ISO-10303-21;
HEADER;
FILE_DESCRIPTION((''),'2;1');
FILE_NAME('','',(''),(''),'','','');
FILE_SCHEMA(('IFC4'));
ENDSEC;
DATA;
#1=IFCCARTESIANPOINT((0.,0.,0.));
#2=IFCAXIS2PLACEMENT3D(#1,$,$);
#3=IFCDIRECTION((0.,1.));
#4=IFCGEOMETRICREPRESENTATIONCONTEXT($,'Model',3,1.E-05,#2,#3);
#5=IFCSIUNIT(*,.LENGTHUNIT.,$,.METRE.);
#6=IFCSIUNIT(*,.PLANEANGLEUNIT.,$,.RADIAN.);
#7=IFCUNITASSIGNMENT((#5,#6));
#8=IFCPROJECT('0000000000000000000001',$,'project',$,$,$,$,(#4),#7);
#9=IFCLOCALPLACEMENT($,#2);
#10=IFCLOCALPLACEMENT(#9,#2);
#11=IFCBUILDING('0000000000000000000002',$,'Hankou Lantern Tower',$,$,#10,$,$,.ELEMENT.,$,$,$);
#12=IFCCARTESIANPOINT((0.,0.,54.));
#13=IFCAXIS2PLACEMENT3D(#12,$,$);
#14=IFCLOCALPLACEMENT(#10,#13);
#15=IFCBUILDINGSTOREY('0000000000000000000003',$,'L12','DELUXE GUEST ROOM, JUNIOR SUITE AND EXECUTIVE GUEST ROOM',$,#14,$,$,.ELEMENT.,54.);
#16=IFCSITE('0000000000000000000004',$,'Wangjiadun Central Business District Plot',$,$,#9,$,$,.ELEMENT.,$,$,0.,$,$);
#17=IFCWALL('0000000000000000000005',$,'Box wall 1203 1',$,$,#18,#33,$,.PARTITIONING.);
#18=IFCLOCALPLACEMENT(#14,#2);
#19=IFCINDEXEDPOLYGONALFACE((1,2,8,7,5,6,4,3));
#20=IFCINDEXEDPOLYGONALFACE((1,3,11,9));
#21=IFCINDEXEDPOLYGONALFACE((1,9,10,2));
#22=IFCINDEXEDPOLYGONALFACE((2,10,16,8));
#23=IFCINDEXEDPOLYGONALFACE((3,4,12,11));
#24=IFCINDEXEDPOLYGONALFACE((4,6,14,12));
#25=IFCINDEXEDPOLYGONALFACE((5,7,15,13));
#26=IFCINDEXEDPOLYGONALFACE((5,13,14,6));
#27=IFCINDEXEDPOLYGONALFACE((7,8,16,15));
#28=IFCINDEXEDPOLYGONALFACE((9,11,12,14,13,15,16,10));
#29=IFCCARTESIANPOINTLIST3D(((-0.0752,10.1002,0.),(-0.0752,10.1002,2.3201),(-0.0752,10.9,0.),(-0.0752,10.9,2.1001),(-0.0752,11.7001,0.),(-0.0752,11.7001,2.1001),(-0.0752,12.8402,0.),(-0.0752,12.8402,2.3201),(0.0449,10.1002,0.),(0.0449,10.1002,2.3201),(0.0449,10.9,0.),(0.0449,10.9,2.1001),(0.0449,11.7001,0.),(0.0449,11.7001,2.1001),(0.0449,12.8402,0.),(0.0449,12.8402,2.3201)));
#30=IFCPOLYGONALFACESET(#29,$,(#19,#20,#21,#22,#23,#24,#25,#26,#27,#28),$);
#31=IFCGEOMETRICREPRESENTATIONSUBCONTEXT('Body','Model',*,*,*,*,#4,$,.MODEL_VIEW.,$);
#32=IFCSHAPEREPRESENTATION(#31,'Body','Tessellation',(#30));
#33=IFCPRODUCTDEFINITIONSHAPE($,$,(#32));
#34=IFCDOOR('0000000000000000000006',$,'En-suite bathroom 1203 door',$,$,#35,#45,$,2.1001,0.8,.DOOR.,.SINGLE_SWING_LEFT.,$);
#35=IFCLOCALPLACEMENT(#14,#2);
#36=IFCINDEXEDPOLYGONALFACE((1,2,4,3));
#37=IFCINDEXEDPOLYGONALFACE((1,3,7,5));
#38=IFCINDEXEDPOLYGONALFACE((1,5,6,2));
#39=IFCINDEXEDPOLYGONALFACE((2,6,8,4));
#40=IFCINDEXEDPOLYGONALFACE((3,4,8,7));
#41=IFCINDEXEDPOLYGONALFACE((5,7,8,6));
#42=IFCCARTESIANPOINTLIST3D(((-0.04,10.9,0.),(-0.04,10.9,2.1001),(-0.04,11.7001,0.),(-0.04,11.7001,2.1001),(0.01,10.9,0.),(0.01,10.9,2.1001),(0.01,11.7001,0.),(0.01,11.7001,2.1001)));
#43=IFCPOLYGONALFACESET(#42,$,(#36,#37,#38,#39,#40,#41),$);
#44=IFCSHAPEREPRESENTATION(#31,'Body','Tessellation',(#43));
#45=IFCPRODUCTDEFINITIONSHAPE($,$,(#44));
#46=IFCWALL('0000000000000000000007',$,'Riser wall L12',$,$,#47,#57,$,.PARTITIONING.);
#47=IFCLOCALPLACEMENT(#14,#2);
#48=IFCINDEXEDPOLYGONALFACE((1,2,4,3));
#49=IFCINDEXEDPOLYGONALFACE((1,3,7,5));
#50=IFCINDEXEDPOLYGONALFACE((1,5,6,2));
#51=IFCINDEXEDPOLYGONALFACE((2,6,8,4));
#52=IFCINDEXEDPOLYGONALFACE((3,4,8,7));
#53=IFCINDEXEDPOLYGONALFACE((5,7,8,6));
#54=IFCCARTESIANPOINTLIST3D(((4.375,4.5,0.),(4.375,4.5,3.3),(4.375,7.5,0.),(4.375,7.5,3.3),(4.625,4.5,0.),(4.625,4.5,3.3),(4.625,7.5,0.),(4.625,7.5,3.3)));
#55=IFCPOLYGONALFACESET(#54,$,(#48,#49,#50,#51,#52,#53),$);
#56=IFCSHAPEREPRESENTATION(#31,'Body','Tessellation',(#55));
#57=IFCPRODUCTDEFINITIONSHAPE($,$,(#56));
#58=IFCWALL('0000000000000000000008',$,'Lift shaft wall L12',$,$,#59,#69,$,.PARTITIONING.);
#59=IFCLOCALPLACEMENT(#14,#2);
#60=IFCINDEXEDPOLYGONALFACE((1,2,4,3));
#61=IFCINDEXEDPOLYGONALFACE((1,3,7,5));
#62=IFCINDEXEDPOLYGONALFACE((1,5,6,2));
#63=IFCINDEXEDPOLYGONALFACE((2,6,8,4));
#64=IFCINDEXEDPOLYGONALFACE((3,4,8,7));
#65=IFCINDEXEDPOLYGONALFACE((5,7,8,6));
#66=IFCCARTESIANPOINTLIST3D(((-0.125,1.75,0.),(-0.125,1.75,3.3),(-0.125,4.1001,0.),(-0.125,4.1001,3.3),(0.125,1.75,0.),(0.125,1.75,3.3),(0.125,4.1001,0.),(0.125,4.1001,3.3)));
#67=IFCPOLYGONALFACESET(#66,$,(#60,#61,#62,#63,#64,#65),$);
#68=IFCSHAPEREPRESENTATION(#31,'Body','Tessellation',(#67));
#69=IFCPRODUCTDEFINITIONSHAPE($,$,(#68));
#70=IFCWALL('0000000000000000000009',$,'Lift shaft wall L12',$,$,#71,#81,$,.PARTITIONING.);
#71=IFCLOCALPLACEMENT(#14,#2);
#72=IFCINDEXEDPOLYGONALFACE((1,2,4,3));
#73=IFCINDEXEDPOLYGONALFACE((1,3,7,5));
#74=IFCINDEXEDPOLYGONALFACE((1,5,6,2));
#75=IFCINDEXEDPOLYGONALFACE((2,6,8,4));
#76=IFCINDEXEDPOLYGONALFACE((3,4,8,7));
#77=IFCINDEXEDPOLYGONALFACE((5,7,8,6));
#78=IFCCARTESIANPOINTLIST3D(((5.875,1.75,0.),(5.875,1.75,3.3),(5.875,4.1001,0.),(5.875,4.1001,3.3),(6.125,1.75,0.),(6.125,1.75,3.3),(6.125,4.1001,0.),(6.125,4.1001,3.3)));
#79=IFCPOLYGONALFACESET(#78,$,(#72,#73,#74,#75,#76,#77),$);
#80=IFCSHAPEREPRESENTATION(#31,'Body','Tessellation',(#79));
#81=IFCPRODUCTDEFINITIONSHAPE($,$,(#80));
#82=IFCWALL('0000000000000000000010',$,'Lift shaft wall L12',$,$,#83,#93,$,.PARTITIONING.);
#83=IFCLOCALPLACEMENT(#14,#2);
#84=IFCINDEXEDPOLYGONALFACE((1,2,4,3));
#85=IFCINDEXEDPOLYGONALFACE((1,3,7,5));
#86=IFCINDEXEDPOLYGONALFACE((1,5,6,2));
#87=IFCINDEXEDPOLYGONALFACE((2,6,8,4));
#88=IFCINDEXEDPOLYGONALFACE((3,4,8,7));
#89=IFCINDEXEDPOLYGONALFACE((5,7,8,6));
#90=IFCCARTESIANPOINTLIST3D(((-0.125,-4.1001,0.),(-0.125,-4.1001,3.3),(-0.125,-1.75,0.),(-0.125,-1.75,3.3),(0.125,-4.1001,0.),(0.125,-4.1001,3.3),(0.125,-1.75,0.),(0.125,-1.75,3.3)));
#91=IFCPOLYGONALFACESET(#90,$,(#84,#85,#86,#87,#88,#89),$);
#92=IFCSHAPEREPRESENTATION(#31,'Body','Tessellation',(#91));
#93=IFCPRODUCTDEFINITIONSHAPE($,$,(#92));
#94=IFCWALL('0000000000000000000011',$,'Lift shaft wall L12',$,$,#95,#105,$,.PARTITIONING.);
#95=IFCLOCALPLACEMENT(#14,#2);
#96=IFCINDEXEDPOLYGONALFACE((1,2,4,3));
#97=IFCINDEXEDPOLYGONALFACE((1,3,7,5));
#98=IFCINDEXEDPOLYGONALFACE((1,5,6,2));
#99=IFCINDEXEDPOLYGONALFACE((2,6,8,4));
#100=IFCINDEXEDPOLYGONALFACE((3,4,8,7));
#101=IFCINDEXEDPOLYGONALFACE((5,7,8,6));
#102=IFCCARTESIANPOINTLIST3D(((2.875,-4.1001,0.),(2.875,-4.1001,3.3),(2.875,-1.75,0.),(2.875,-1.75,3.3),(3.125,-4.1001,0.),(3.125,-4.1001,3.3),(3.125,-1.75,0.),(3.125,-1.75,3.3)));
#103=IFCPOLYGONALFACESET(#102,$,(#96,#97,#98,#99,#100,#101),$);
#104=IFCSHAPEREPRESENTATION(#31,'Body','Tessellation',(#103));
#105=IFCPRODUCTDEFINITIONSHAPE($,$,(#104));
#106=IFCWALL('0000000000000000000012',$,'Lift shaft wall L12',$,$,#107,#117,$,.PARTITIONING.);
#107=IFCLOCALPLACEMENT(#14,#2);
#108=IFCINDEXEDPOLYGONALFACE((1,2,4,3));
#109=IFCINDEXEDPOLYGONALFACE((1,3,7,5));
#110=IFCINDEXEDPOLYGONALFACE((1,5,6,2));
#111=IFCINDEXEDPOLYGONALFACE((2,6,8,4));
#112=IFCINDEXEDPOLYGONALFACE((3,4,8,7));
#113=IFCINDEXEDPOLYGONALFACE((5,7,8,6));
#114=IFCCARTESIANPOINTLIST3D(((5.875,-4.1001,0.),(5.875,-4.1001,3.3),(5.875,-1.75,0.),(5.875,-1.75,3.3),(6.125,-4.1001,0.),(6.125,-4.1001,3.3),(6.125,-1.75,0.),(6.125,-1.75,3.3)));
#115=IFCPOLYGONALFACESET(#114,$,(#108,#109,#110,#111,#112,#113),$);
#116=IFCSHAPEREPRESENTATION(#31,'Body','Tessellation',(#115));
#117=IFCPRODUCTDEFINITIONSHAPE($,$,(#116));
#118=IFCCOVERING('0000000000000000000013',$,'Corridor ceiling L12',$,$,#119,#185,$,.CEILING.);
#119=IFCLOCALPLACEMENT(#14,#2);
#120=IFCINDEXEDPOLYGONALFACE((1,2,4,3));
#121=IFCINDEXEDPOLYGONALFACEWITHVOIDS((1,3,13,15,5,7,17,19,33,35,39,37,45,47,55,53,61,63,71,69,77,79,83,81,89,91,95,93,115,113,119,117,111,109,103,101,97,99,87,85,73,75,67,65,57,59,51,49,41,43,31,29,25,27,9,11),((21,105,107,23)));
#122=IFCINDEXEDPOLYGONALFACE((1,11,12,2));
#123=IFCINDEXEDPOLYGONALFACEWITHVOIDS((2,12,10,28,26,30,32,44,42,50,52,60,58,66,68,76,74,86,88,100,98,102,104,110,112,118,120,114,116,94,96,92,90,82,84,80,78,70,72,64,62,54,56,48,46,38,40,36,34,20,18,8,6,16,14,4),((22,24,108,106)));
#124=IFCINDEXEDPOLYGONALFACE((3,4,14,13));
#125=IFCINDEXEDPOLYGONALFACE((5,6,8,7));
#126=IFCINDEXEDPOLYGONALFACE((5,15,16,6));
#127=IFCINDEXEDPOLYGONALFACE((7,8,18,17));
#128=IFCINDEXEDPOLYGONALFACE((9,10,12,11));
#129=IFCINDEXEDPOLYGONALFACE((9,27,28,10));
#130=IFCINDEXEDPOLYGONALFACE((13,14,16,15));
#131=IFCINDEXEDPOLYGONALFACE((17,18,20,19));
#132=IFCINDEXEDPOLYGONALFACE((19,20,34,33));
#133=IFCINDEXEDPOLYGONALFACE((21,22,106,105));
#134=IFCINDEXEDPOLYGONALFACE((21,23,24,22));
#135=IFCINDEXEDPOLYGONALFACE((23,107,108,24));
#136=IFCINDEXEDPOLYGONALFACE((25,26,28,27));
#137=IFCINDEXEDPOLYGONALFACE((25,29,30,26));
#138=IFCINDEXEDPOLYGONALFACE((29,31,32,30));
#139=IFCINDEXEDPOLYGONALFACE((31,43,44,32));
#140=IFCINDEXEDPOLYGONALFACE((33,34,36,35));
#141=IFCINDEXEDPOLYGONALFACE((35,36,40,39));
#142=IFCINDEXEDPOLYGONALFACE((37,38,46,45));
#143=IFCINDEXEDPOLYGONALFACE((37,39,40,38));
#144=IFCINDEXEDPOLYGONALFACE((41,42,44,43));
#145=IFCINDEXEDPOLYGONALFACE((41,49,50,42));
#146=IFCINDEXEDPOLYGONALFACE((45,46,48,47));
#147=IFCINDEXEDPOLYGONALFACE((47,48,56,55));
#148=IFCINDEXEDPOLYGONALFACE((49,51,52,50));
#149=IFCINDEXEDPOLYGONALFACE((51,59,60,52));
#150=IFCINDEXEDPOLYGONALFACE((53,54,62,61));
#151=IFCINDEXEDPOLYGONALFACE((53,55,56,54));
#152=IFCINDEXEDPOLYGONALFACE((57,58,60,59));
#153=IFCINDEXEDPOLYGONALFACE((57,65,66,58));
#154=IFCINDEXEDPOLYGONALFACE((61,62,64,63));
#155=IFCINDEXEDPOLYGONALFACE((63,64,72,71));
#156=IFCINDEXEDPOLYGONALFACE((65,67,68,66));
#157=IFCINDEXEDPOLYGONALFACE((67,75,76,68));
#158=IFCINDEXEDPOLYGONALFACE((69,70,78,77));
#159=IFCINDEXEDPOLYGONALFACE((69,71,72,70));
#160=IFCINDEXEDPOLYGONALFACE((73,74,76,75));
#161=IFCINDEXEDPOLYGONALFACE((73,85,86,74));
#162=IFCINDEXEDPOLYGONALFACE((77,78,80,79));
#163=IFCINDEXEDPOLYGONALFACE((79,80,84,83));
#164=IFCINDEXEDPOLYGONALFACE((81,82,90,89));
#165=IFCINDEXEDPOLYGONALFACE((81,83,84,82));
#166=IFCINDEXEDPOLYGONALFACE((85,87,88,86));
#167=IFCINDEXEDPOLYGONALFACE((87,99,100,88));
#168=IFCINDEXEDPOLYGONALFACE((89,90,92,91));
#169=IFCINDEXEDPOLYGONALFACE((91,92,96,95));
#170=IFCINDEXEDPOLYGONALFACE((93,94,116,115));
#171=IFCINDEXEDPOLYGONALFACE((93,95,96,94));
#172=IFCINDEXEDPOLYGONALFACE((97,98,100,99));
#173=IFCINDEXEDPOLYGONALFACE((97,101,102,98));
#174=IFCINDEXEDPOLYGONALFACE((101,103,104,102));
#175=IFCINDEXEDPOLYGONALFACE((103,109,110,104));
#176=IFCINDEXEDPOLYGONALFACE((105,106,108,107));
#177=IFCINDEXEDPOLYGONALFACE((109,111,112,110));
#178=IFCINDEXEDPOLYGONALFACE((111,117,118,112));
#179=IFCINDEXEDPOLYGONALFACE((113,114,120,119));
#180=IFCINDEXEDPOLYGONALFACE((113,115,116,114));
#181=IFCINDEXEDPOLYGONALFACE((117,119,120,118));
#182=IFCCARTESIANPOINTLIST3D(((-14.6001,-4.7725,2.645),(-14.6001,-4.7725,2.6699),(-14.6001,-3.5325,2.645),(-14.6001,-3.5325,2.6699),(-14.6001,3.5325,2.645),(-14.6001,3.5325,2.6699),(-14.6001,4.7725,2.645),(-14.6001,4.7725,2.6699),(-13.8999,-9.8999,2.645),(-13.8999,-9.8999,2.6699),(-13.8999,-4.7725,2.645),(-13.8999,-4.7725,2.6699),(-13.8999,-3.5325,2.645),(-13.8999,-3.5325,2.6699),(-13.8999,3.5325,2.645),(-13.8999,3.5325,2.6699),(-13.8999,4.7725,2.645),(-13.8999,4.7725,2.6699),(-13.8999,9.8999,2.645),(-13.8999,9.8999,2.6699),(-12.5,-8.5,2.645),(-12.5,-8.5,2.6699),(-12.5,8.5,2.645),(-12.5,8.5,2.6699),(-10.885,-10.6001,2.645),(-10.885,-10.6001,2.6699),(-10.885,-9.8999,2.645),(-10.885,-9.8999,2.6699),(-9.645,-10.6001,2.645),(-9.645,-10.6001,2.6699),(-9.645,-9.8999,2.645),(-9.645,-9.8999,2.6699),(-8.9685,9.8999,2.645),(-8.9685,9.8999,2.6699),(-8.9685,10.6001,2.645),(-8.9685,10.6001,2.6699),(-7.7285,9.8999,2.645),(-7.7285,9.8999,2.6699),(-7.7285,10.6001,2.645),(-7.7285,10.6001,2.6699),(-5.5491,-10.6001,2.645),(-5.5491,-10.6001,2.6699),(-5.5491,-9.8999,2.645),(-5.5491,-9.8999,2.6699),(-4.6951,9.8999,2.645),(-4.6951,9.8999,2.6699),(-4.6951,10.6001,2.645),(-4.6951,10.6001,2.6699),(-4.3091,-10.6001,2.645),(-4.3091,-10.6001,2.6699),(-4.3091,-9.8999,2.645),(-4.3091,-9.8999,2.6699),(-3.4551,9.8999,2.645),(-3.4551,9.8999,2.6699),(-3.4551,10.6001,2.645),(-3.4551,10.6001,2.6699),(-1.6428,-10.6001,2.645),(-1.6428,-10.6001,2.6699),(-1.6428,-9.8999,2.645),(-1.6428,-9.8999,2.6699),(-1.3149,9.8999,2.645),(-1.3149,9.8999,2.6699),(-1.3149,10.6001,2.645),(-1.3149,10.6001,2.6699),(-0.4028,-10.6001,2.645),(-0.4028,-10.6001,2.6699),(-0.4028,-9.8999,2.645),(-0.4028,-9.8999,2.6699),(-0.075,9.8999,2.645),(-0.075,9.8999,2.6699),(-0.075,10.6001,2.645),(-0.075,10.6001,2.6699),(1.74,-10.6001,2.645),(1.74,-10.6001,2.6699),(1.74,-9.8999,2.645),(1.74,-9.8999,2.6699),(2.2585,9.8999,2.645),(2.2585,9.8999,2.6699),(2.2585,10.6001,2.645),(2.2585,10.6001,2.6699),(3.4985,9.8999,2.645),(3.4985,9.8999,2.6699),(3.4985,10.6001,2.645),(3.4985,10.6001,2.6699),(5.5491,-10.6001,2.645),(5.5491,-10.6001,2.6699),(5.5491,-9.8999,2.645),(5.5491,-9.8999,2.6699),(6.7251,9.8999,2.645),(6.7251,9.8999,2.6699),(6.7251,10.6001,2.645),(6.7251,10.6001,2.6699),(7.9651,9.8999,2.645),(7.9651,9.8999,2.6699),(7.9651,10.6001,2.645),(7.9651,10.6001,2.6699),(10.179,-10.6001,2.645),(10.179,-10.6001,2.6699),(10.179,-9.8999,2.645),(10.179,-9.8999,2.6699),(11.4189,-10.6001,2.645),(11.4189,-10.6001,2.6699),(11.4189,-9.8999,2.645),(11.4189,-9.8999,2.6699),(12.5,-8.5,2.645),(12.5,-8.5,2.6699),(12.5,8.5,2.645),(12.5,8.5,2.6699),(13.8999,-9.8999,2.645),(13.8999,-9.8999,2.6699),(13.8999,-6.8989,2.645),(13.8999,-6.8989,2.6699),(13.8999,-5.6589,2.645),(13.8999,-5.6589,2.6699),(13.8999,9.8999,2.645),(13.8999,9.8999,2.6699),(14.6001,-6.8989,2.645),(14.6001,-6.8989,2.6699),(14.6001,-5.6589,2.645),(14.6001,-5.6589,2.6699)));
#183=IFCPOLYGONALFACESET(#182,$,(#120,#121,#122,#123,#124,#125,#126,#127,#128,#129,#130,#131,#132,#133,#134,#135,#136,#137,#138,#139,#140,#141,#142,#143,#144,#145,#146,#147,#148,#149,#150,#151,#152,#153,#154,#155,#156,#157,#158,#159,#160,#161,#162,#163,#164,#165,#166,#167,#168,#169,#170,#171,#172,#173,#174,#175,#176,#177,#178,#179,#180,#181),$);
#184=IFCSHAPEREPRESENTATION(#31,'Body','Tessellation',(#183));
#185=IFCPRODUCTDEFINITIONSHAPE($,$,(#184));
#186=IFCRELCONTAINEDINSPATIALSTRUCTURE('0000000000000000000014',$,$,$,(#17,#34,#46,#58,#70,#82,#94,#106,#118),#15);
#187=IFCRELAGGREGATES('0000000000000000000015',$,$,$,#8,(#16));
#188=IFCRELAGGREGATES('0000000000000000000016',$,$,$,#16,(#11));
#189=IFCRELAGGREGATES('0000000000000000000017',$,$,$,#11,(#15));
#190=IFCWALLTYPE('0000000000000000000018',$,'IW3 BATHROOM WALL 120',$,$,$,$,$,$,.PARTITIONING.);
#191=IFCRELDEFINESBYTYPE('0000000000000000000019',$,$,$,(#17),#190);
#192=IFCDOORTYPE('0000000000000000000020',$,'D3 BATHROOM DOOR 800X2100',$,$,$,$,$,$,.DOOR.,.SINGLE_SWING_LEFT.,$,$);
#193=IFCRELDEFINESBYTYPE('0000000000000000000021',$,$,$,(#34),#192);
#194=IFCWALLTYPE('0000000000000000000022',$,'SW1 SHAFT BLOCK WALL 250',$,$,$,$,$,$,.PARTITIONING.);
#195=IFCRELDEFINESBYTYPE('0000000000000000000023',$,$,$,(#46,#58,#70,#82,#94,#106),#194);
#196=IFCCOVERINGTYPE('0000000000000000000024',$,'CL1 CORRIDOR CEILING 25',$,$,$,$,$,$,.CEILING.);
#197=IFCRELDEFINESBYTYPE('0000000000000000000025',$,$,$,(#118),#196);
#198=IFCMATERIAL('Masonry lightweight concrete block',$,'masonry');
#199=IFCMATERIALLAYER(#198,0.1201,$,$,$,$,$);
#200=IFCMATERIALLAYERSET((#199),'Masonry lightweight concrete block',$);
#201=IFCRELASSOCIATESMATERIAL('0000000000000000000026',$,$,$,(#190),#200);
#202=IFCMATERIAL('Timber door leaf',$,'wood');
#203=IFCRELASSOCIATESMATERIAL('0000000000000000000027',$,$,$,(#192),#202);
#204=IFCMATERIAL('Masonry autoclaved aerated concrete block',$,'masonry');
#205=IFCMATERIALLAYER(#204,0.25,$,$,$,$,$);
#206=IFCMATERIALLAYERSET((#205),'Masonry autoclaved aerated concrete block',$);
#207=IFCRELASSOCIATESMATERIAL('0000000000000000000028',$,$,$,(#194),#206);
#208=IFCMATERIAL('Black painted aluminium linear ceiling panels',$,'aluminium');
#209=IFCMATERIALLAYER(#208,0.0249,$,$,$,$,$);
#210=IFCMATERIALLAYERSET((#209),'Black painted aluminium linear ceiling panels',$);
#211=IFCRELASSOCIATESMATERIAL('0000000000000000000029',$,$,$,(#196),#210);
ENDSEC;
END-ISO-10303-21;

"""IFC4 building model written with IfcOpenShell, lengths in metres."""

from ifc_helpers import new_model, si_unit, direction, frame, frame_2d, origin, place, context, subcontext, project, spatial, polyline, rectangle, outline, extrude, material, layer, layer_set, type_object, element, fill, save


model = new_model("IFC4")

# Units and contexts
model_context = context("Model", 3, precision=1e-05, world=origin(), true_north=direction((0.0, 1.0)))
body_context = subcontext(model_context, "Body", "Model", "MODEL_VIEW")
ifc_project = project(units=[si_unit("LENGTHUNIT", "METRE"), si_unit("PLANEANGLEUNIT", "RADIAN")], contexts=[model_context])

# Site, building, storey
site_placement = place(None, origin())
site = spatial("IfcSite", under=ifc_project, at=site_placement, Name="Wangjiadun Central Business District Plot", CompositionType="ELEMENT", RefElevation=0.0)
building_placement = place(site_placement, origin())
building = spatial("IfcBuilding", under=site, at=building_placement, Name="Hankou Lantern Tower", CompositionType="ELEMENT")
storey_placement = place(building_placement, frame((0.0, 0.0, 54.0)))
storey = spatial("IfcBuildingStorey", under=building, at=storey_placement, Name="L12", Description="DELUXE GUEST ROOM, JUNIOR SUITE AND EXECUTIVE GUEST ROOM", CompositionType="ELEMENT", Elevation=54.0)

# Wall, opening, door
ifc_material_1 = material(Name="Masonry lightweight concrete block", Category="masonry")
ifc_layer_1 = layer(ifc_material_1, 0.1201)
ifc_layer_set_1 = layer_set([ifc_layer_1], Name="Masonry lightweight concrete block")
wall_type_1 = type_object("IfcWallType", Name="IW3 BATHROOM WALL 120", PredefinedType="PARTITIONING", material=ifc_layer_set_1)
wall_1_placement = place(storey_placement, frame((-0.0151, 10.1001, 0.0), z_axis=(0.0, 0.0, 1.0), x_axis=(0.0, 1.0, 0.0)))
wall_1 = element("IfcWall", 1, at=wall_1_placement, inside=storey, type_object=wall_type_1, Name="Box wall 1203 1", PredefinedType="PARTITIONING", context=body_context, shape_type="SweptSolid", body=[
    extrude(rectangle(XDim=2.74, YDim=0.1201, at=frame_2d((1.3701, 0.0))), origin(), (0.0, 0.0, 1.0), 2.3201),
])
opening_1_placement = place(wall_1_placement, frame((0.8, 0.0, 0.0)))
opening_1 = element("IfcOpeningElement", 2, at=opening_1_placement, cuts=wall_1, PredefinedType="OPENING", context=body_context, shape_type="SweptSolid", body=[
    extrude(rectangle(XDim=0.8, YDim=2.1001, at=frame_2d((0.3999, 1.05))), frame((0.0, 0.0701, 0.0), z_axis=(0.0, -1.0, 0.0), x_axis=(1.0, 0.0, 0.0)), (0.0, 0.0, 1.0), 0.1401),
])
ifc_material_2 = material(Name="Timber door leaf", Category="wood")
door_type_1 = type_object("IfcDoorType", Name="D3 BATHROOM DOOR 800X2100", OperationType="SINGLE_SWING_LEFT", PredefinedType="DOOR", material=ifc_material_2)
door_1_placement = place(opening_1_placement, origin())
door_1 = element("IfcDoor", 3, at=door_1_placement, inside=storey, type_object=door_type_1, Name="En-suite bathroom 1203 door", OperationType="SINGLE_SWING_LEFT", OverallHeight=2.1001, OverallWidth=0.8, PredefinedType="DOOR", context=body_context, shape_type="SweptSolid", body=[
    extrude(rectangle(XDim=0.8, YDim=2.1001, at=frame_2d((0.3999, 1.05))), frame((0.0, 0.0249, 0.0), z_axis=(0.0, -1.0, 0.0), x_axis=(1.0, 0.0, 0.0)), (0.0, 0.0, 1.0), 0.05),
])
fill(opening_1, door_1)

# Walls
ifc_material_3 = material(Name="Masonry autoclaved aerated concrete block", Category="masonry")
ifc_layer_2 = layer(ifc_material_3, 0.25)
ifc_layer_set_2 = layer_set([ifc_layer_2], Name="Masonry autoclaved aerated concrete block")
wall_type_2 = type_object("IfcWallType", Name="SW1 SHAFT BLOCK WALL 250", PredefinedType="PARTITIONING", material=ifc_layer_set_2)
wall_2_placement = place(storey_placement, frame((4.5, 4.5, 0.0), z_axis=(0.0, 0.0, 1.0), x_axis=(0.0, 1.0, 0.0)))
element("IfcWall", 4, at=wall_2_placement, inside=storey, type_object=wall_type_2, Name="Riser wall L12", PredefinedType="PARTITIONING", context=body_context, shape_type="SweptSolid", body=[
    extrude(rectangle(XDim=3.0, YDim=0.25, at=frame_2d((1.5, 0.0))), origin(), (0.0, 0.0, 1.0), 3.3),
])
for number, where, z_axis, x_axis, name in (
    (5, (0.0, 1.75, 0.0), (0.0, 0.0, 1.0), (0.0, 1.0, 0.0), "Lift shaft wall L12"),
    (6, (6.0, 1.75, 0.0), (0.0, 0.0, 1.0), (0.0, 1.0, 0.0), "Lift shaft wall L12"),
    (7, (0.0, -4.1001, 0.0), (0.0, 0.0, 1.0), (0.0, 1.0, 0.0), "Lift shaft wall L12"),
    (8, (3.0, -4.1001, 0.0), (0.0, 0.0, 1.0), (0.0, 1.0, 0.0), "Lift shaft wall L12"),
    (9, (6.0, -4.1001, 0.0), (0.0, 0.0, 1.0), (0.0, 1.0, 0.0), "Lift shaft wall L12"),
):
    element("IfcWall", number, at=place(storey_placement, frame(where, z_axis=z_axis, x_axis=x_axis)), inside=storey, type_object=wall_type_2, Name=name, PredefinedType="PARTITIONING", context=body_context, shape_type="SweptSolid", body=[
        extrude(rectangle(XDim=2.3501, YDim=0.25, at=frame_2d((1.175, 0.0))), origin(), (0.0, 0.0, 1.0), 3.3),
    ])

# Covering
ifc_material_4 = material(Name="Black painted aluminium linear ceiling panels", Category="aluminium")
ifc_layer_3 = layer(ifc_material_4, 0.0249)
ifc_layer_set_3 = layer_set([ifc_layer_3], Name="Black painted aluminium linear ceiling panels")
covering_type_1 = type_object("IfcCoveringType", Name="CL1 CORRIDOR CEILING 25", PredefinedType="CEILING", material=ifc_layer_set_3)
covering_1_placement = place(storey_placement, frame((0.0, 0.0, 2.645)))
element("IfcCovering", 10, at=covering_1_placement, inside=storey, type_object=covering_type_1, Name="Corridor ceiling L12", PredefinedType="CEILING", context=body_context, shape_type="SweptSolid", body=[
    extrude(outline(polyline([(-10.885, -10.6001), (-9.645, -10.6001), (-9.645, -9.8999), (-5.5491, -9.8999), (-5.5491, -10.6001), (-4.3091, -10.6001), (-4.3091, -9.8999), (-1.6428, -9.8999), (-1.6428, -10.6001), (-0.4028, -10.6001), (-0.4028, -9.8999), (1.74, -9.8999), (1.74, -10.6001), (5.5491, -10.6001), (5.5491, -9.8999), (10.179, -9.8999), (10.179, -10.6001), (11.4189, -10.6001), (11.4189, -9.8999), (13.8999, -9.8999), (13.8999, -6.8989), (14.6001, -6.8989), (14.6001, -5.6589), (13.8999, -5.6589), (13.8999, 9.8999), (7.9651, 9.8999), (7.9651, 10.6001), (6.7251, 10.6001), (6.7251, 9.8999), (3.4985, 9.8999), (3.4985, 10.6001), (2.2585, 10.6001), (2.2585, 9.8999), (-0.075, 9.8999), (-0.075, 10.6001), (-1.3149, 10.6001), (-1.3149, 9.8999), (-3.4551, 9.8999), (-3.4551, 10.6001), (-4.6951, 10.6001), (-4.6951, 9.8999), (-7.7285, 9.8999), (-7.7285, 10.6001), (-8.9685, 10.6001), (-8.9685, 9.8999), (-13.8999, 9.8999), (-13.8999, 4.7725), (-14.6001, 4.7725), (-14.6001, 3.5325), (-13.8999, 3.5325), (-13.8999, -3.5325), (-14.6001, -3.5325), (-14.6001, -4.7725), (-13.8999, -4.7725), (-13.8999, -9.8999), (-10.885, -9.8999), (-10.885, -10.6001)]), holes=[polyline([(-12.5, 8.5), (12.5, 8.5), (12.5, -8.5), (-12.5, -8.5), (-12.5, 8.5)])]), origin(), (0.0, 0.0, 1.0), 0.0249),
])

save(model, "model.ifc")
